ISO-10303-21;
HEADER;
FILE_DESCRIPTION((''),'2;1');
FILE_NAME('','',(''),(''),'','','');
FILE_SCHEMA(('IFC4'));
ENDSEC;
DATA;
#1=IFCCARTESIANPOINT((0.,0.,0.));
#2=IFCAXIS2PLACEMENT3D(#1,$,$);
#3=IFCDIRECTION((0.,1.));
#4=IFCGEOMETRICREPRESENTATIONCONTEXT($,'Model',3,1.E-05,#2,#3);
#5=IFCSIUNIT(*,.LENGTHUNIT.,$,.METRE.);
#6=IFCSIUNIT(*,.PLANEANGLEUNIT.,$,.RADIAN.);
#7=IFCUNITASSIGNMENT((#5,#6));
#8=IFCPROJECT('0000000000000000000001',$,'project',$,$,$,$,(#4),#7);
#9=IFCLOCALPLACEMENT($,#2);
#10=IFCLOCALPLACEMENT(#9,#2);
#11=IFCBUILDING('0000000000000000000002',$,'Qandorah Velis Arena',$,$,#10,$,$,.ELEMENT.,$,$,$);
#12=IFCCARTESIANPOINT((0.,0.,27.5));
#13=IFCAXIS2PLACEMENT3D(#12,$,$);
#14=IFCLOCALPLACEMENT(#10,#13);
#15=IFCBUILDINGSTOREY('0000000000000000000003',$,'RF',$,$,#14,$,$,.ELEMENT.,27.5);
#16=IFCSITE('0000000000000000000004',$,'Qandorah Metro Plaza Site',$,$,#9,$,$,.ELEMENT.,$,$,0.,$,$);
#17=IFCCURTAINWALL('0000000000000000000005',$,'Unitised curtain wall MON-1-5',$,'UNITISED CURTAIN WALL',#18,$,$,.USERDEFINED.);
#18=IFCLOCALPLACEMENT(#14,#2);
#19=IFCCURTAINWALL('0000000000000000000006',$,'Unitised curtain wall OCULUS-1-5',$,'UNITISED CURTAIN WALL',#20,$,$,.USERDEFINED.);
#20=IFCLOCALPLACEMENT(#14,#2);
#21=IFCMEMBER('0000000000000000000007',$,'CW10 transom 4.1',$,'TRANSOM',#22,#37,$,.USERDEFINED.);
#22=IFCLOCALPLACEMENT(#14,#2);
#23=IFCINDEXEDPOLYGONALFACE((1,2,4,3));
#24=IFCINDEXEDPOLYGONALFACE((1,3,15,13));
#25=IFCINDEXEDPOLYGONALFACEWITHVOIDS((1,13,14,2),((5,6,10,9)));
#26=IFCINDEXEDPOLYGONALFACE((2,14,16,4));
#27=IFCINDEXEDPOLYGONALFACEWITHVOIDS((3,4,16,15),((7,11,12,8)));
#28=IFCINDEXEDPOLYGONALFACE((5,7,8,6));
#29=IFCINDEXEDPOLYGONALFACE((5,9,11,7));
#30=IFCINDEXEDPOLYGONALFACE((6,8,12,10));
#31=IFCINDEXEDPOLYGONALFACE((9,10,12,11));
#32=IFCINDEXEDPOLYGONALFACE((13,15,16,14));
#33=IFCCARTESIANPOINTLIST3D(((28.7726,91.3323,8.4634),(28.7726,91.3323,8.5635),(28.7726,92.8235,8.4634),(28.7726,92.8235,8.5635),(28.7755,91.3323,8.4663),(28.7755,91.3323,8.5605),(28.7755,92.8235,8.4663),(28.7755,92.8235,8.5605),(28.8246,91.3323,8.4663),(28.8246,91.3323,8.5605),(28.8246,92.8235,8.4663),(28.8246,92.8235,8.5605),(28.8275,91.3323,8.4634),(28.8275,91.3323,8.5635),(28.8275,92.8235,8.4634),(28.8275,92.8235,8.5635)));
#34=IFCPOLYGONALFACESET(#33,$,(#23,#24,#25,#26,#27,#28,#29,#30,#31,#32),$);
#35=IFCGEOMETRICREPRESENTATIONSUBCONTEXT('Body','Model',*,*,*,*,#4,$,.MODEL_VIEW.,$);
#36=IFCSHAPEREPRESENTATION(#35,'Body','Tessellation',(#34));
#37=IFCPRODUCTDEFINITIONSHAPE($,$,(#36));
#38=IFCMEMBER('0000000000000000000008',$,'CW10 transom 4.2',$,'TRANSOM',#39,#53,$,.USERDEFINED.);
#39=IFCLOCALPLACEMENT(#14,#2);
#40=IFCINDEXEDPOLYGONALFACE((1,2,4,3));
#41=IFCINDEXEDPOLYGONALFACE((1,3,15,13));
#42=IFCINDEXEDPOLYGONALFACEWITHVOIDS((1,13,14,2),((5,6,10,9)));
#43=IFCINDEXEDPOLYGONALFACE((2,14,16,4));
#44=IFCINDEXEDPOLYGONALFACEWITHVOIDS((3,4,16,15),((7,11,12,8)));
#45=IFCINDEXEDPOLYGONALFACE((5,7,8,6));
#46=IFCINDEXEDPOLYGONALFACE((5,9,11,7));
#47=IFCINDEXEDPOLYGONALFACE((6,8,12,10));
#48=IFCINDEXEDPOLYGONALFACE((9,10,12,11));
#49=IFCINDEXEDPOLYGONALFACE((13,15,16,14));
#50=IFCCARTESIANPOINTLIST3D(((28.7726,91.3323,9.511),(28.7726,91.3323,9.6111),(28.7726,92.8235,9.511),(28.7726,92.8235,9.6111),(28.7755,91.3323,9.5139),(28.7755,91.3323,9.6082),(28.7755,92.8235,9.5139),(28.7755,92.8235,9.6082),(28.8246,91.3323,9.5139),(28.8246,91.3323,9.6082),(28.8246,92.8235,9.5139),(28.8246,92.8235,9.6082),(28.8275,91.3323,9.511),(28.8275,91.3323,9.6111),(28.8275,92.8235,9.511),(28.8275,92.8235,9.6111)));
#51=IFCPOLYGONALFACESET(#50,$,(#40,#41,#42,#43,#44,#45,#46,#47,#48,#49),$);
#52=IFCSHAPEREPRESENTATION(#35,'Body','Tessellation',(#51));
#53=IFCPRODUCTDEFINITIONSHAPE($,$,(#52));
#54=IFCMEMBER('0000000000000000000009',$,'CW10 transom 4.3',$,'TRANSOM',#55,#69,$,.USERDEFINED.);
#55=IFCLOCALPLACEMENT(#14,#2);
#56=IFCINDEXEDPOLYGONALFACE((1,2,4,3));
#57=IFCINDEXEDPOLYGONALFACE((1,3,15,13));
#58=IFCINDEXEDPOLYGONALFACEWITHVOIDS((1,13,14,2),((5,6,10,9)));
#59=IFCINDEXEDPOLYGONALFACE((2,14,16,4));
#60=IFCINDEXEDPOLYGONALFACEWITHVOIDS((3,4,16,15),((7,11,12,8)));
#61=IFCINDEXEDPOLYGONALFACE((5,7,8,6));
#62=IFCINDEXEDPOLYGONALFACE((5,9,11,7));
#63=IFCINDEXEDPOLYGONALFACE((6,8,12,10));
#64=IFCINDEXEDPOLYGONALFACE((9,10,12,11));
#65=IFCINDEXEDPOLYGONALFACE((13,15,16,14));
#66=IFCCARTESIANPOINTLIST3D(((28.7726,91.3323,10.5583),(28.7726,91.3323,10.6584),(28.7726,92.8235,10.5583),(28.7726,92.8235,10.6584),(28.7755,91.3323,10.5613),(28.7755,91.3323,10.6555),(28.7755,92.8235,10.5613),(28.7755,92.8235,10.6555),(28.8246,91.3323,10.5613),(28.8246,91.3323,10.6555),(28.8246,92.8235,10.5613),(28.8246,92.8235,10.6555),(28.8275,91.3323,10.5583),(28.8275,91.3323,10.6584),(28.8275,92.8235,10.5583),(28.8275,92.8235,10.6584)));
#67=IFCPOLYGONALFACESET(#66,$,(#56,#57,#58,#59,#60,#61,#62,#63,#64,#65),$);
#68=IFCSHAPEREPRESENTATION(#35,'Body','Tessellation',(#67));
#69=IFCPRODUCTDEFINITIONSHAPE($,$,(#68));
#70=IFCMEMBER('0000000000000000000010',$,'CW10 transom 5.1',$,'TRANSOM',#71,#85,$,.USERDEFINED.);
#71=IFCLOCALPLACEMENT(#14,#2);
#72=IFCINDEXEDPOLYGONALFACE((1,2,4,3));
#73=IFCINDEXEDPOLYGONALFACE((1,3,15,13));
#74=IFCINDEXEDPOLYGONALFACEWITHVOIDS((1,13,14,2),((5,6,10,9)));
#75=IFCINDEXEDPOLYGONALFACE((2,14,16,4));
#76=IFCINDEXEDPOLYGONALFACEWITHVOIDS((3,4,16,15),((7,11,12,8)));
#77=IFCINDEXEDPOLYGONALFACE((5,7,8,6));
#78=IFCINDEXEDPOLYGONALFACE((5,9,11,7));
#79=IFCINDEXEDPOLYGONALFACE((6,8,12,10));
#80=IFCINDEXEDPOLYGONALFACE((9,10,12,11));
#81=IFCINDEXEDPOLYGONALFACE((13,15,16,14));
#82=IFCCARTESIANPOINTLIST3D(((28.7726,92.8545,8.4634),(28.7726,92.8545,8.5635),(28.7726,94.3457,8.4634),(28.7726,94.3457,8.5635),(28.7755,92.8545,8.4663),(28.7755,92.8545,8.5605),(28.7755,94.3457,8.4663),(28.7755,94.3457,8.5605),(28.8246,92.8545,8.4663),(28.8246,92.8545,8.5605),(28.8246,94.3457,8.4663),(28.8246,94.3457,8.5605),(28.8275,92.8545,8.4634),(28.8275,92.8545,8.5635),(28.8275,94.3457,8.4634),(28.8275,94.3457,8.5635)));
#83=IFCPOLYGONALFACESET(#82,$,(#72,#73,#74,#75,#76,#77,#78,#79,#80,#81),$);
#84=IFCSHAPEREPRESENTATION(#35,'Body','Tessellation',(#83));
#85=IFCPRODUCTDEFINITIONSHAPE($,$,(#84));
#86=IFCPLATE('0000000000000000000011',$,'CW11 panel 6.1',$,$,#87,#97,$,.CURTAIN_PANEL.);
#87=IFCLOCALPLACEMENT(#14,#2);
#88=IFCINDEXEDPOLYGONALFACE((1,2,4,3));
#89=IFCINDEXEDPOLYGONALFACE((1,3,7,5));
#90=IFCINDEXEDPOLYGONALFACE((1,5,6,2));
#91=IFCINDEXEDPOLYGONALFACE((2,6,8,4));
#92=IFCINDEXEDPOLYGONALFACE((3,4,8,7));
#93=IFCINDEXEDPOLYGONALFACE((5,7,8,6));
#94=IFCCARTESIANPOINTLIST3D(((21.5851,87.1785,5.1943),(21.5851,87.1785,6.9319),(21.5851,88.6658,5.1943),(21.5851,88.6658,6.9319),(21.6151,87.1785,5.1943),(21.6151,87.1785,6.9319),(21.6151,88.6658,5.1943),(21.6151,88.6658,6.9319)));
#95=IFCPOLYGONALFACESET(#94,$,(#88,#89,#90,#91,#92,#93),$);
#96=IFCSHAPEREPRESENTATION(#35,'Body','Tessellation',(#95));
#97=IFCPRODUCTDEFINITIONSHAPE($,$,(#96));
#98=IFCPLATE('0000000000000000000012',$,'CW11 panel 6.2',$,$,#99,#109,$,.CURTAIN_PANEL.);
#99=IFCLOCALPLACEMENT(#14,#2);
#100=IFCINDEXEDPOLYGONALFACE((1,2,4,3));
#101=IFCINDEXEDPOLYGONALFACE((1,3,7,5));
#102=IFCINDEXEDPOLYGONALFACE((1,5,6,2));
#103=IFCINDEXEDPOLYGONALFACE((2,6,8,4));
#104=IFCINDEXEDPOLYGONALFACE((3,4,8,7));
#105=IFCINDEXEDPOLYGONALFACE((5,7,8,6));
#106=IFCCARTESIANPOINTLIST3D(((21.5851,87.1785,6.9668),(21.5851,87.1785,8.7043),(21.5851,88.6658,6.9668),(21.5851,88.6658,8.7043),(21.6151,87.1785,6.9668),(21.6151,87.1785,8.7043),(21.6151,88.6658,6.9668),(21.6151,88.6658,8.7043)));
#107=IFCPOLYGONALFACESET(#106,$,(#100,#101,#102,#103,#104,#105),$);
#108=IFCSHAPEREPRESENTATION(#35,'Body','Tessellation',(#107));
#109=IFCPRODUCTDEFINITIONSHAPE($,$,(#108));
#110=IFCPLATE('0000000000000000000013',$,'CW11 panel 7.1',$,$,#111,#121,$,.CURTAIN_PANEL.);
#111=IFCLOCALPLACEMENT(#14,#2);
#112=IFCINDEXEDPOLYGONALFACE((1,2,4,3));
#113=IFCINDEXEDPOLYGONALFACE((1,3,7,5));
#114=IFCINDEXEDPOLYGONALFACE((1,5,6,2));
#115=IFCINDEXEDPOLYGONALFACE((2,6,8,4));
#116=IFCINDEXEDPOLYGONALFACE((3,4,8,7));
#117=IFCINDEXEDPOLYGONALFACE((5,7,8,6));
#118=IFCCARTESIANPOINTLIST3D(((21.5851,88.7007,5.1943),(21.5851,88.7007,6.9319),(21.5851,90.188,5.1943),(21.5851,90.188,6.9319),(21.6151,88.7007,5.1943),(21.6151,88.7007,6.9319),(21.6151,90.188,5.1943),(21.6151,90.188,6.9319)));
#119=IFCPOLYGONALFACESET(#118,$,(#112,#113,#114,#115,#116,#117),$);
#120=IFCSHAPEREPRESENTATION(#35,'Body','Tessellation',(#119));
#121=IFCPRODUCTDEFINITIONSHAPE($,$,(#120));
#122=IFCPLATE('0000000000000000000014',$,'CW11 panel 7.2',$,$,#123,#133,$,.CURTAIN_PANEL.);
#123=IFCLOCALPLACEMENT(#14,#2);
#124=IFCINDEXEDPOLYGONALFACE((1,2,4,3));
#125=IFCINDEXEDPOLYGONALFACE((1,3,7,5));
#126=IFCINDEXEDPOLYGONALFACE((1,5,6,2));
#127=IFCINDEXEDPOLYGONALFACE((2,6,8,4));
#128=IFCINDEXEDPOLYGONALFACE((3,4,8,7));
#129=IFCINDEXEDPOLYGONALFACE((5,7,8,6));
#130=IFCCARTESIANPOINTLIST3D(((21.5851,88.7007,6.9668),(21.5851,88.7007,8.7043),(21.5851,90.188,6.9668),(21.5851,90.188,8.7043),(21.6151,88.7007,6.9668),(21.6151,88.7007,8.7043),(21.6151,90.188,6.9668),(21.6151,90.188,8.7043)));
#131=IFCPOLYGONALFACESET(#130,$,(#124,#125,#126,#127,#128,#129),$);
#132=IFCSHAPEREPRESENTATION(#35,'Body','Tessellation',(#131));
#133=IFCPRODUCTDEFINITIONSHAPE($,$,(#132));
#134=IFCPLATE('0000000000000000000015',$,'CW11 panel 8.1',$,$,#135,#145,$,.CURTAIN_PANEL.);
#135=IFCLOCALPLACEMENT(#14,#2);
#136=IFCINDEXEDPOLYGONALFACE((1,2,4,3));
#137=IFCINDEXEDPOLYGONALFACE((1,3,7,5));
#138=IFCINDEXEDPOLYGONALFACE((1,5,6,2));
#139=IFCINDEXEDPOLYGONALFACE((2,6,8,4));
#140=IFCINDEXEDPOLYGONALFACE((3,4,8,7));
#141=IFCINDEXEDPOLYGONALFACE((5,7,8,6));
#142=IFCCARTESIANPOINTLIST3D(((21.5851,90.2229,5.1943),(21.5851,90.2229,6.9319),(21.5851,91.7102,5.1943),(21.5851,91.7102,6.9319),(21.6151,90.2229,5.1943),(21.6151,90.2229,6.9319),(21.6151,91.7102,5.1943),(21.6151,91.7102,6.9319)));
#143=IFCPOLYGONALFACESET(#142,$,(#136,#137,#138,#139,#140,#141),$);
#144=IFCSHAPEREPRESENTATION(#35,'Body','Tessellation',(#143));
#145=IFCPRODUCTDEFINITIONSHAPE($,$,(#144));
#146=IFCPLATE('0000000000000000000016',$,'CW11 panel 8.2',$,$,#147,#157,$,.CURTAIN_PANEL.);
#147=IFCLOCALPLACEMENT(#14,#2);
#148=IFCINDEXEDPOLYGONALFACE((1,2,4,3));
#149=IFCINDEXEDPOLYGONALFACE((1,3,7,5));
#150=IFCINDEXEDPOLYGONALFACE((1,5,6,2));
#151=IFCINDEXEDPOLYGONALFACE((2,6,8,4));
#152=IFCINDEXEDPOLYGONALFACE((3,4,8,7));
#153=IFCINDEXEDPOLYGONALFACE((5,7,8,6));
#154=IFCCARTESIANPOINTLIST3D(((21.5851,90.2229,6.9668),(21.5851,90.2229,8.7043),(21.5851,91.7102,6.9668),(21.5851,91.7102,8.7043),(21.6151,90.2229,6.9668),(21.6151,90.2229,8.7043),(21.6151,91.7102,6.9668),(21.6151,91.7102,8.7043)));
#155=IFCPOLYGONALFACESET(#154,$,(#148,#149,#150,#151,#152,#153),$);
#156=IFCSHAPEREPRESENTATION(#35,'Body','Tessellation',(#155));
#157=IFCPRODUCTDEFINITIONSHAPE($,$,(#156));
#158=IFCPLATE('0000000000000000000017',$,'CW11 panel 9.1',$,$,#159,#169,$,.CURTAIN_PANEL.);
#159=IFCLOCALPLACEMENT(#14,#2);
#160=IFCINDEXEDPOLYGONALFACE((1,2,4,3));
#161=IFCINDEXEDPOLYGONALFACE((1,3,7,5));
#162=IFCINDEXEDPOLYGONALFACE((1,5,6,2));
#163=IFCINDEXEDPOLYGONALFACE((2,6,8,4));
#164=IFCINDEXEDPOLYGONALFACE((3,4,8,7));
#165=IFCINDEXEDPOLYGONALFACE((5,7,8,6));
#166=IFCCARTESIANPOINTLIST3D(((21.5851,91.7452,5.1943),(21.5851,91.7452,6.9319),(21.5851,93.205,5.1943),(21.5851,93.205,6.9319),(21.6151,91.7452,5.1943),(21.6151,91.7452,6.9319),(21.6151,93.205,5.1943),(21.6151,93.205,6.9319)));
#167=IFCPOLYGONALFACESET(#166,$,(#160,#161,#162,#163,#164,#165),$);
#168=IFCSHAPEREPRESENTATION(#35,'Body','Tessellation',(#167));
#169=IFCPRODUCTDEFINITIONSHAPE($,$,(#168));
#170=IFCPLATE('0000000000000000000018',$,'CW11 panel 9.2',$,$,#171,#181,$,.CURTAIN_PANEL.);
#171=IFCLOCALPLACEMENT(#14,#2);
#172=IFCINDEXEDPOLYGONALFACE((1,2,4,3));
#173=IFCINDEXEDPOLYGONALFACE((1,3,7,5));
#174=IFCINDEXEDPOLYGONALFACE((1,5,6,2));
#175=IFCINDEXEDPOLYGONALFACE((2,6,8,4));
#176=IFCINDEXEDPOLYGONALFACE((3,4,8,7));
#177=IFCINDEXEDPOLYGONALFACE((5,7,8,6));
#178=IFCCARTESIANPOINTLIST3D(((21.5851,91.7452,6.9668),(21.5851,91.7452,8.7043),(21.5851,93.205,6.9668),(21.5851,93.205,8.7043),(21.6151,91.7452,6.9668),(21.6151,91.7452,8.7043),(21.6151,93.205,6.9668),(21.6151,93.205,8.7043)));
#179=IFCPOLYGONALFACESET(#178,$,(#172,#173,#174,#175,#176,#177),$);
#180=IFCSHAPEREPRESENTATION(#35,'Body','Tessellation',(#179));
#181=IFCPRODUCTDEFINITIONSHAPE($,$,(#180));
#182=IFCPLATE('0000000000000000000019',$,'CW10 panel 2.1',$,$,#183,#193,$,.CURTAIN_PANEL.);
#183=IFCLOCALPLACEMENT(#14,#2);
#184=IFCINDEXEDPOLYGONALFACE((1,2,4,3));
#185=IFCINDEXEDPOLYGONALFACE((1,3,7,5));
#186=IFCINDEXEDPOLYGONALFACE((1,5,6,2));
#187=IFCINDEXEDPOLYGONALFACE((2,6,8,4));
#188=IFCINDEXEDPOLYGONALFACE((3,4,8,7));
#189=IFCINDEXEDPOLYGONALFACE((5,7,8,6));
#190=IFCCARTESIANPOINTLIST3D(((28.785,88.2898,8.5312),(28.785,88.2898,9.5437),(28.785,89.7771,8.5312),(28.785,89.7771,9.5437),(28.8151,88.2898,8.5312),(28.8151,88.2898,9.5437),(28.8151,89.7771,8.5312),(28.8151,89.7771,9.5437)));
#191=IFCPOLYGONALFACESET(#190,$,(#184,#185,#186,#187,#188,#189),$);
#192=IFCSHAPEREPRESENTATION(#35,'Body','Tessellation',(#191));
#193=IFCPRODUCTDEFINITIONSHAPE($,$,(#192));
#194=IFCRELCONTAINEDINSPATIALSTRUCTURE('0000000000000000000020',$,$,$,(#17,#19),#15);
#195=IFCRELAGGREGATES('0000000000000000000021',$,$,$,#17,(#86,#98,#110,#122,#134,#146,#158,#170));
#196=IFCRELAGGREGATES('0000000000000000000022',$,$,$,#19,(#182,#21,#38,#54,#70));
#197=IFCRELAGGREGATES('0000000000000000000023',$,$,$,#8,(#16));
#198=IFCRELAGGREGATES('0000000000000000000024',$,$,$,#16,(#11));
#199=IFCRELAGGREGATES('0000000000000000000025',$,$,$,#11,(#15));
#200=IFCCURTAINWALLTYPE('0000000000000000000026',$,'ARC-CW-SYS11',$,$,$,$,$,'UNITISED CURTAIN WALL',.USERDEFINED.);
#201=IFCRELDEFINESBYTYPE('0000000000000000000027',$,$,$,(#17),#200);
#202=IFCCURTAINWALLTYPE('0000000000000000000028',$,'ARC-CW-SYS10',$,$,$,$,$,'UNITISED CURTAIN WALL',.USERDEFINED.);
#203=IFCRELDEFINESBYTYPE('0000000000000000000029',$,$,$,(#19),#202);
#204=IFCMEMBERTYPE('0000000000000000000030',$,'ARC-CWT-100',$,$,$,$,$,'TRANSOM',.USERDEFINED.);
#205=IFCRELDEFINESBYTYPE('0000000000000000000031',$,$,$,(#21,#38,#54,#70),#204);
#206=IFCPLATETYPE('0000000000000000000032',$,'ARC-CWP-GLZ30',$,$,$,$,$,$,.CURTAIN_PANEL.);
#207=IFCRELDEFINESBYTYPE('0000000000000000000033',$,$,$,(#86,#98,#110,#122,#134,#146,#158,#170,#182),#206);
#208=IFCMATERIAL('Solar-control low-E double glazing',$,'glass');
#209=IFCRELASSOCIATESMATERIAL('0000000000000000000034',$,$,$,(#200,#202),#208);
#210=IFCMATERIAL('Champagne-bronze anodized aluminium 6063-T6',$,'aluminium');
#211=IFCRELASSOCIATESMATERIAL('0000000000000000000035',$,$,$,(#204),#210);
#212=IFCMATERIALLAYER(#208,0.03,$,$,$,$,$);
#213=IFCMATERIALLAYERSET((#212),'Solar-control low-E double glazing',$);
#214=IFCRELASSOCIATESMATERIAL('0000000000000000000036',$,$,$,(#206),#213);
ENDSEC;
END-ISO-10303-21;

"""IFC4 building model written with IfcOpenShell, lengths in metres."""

from ifc_helpers import new_model, si_unit, direction, frame, origin, origin_2d, place, context, subcontext, project, spatial, rectangle, hollow_rectangle, extrude, material, layer, layer_set, material_profile, profile_set, type_object, element, aggregate, save


model = new_model("IFC4")

# Units and contexts
model_context = context("Model", 3, precision=1e-05, world=origin(), true_north=direction((0.0, 1.0)))
body_context = subcontext(model_context, "Body", "Model", "MODEL_VIEW")
ifc_project = project(units=[si_unit("LENGTHUNIT", "METRE"), si_unit("PLANEANGLEUNIT", "RADIAN")], contexts=[model_context])

# Site, building, storey
site_placement = place(None, origin())
site = spatial("IfcSite", under=ifc_project, at=site_placement, Name="Qandorah Metro Plaza Site", CompositionType="ELEMENT", RefElevation=0.0)
building_placement = place(site_placement, origin())
building = spatial("IfcBuilding", under=site, at=building_placement, Name="Qandorah Velis Arena", CompositionType="ELEMENT")
storey_placement = place(building_placement, frame((0.0, 0.0, 27.5)))
storey = spatial("IfcBuildingStorey", under=building, at=storey_placement, Name="RF", CompositionType="ELEMENT", Elevation=27.5)

# Curtain walls
ifc_material_1 = material(Name="Solar-control low-E double glazing", Category="glass")
curtain_wall_type_1 = type_object("IfcCurtainWallType", Name="ARC-CW-SYS11", ElementType="UNITISED CURTAIN WALL", PredefinedType="USERDEFINED", material=ifc_material_1)
curtain_wall_1_placement = place(storey_placement, origin())
curtain_wall_1 = element("IfcCurtainWall", 1, at=curtain_wall_1_placement, inside=storey, type_object=curtain_wall_type_1, Name="Unitised curtain wall MON-1-5", ObjectType="UNITISED CURTAIN WALL", PredefinedType="USERDEFINED")
ifc_material_2 = material(Name="Champagne-bronze anodized aluminium 6063-T6", Category="aluminium")
curtain_wall_type_2 = type_object("IfcCurtainWallType", Name="ARC-CW-SYS10", ElementType="UNITISED CURTAIN WALL", PredefinedType="USERDEFINED", material=ifc_material_1)
curtain_wall_2_placement = place(storey_placement, origin())
curtain_wall_2 = element("IfcCurtainWall", 2, at=curtain_wall_2_placement, inside=storey, type_object=curtain_wall_type_2, Name="Unitised curtain wall OCULUS-1-5", ObjectType="UNITISED CURTAIN WALL", PredefinedType="USERDEFINED")

# Members
ifc_material_profile_1 = material_profile(ifc_material_2, hollow_rectangle(XDim=0.0549, YDim=0.1001, WallThickness=0.0029, at=origin_2d()), Name="ALU TRANSOM 55x100")
ifc_profile_set_1 = profile_set([ifc_material_profile_1], Name="Champagne-bronze anodized aluminium 6063-T6")
member_type_1 = type_object("IfcMemberType", Name="ARC-CWT-100", ElementType="TRANSOM", PredefinedType="USERDEFINED", material=ifc_profile_set_1)
member_1_placement = place(storey_placement, frame((28.8, 91.3323, 8.5134), z_axis=(0.0, 1.0, 0.0), x_axis=(-1.0, 0.0, 0.0)))
member_1 = element("IfcMember", 3, at=member_1_placement, type_object=member_type_1, Name="CW10 transom 4.1", ObjectType="TRANSOM", PredefinedType="USERDEFINED", context=body_context, shape_type="SweptSolid", body=[
    extrude(hollow_rectangle(XDim=0.0549, YDim=0.1001, WallThickness=0.0029, at=origin_2d()), origin(), (0.0, 0.0, 1.0), 1.4912),
])
member_2_placement = place(storey_placement, frame((28.8, 91.3323, 9.561), z_axis=(0.0, 1.0, 0.0), x_axis=(-1.0, 0.0, 0.0)))
member_2 = element("IfcMember", 4, at=member_2_placement, type_object=member_type_1, Name="CW10 transom 4.2", ObjectType="TRANSOM", PredefinedType="USERDEFINED", context=body_context, shape_type="SweptSolid", body=[
    extrude(hollow_rectangle(XDim=0.0549, YDim=0.1001, WallThickness=0.0029, at=origin_2d()), origin(), (0.0, 0.0, 1.0), 1.4912),
])
member_3_placement = place(storey_placement, frame((28.8, 91.3323, 10.6084), z_axis=(0.0, 1.0, 0.0), x_axis=(-1.0, 0.0, 0.0)))
member_3 = element("IfcMember", 5, at=member_3_placement, type_object=member_type_1, Name="CW10 transom 4.3", ObjectType="TRANSOM", PredefinedType="USERDEFINED", context=body_context, shape_type="SweptSolid", body=[
    extrude(hollow_rectangle(XDim=0.0549, YDim=0.1001, WallThickness=0.0029, at=origin_2d()), origin(), (0.0, 0.0, 1.0), 1.4912),
])
member_4_placement = place(storey_placement, frame((28.8, 92.8545, 8.5134), z_axis=(0.0, 1.0, 0.0), x_axis=(-1.0, 0.0, 0.0)))
member_4 = element("IfcMember", 6, at=member_4_placement, type_object=member_type_1, Name="CW10 transom 5.1", ObjectType="TRANSOM", PredefinedType="USERDEFINED", context=body_context, shape_type="SweptSolid", body=[
    extrude(hollow_rectangle(XDim=0.0549, YDim=0.1001, WallThickness=0.0029, at=origin_2d()), origin(), (0.0, 0.0, 1.0), 1.4912),
])

# Plates
ifc_layer = layer(ifc_material_1, 0.03)
ifc_layer_set = layer_set([ifc_layer], Name="Solar-control low-E double glazing")
plate_type = type_object("IfcPlateType", Name="ARC-CWP-GLZ30", PredefinedType="CURTAIN_PANEL", material=ifc_layer_set)
plate_1_placement = place(storey_placement, frame((21.6001, 87.9221, 5.1943), z_axis=(0.0, 0.0, 1.0), x_axis=(0.0, 1.0, 0.0)))
plate_1 = element("IfcPlate", 7, at=plate_1_placement, type_object=plate_type, Name="CW11 panel 6.1", PredefinedType="CURTAIN_PANEL", context=body_context, shape_type="SweptSolid", body=[
    extrude(rectangle(XDim=1.4873, YDim=0.03, at=origin_2d()), origin(), (0.0, 0.0, 1.0), 1.7375),
])
plate_2_placement = place(storey_placement, frame((21.6001, 87.9221, 6.9668), z_axis=(0.0, 0.0, 1.0), x_axis=(0.0, 1.0, 0.0)))
plate_2 = element("IfcPlate", 8, at=plate_2_placement, type_object=plate_type, Name="CW11 panel 6.2", PredefinedType="CURTAIN_PANEL", context=body_context, shape_type="SweptSolid", body=[
    extrude(rectangle(XDim=1.4873, YDim=0.03, at=origin_2d()), origin(), (0.0, 0.0, 1.0), 1.7375),
])
plate_3_placement = place(storey_placement, frame((21.6001, 89.4443, 5.1943), z_axis=(0.0, 0.0, 1.0), x_axis=(0.0, 1.0, 0.0)))
plate_3 = element("IfcPlate", 9, at=plate_3_placement, type_object=plate_type, Name="CW11 panel 7.1", PredefinedType="CURTAIN_PANEL", context=body_context, shape_type="SweptSolid", body=[
    extrude(rectangle(XDim=1.4873, YDim=0.03, at=origin_2d()), origin(), (0.0, 0.0, 1.0), 1.7375),
])
plate_4_placement = place(storey_placement, frame((21.6001, 89.4443, 6.9668), z_axis=(0.0, 0.0, 1.0), x_axis=(0.0, 1.0, 0.0)))
plate_4 = element("IfcPlate", 10, at=plate_4_placement, type_object=plate_type, Name="CW11 panel 7.2", PredefinedType="CURTAIN_PANEL", context=body_context, shape_type="SweptSolid", body=[
    extrude(rectangle(XDim=1.4873, YDim=0.03, at=origin_2d()), origin(), (0.0, 0.0, 1.0), 1.7375),
])
plate_5_placement = place(storey_placement, frame((21.6001, 90.9666, 5.1943), z_axis=(0.0, 0.0, 1.0), x_axis=(0.0, 1.0, 0.0)))
plate_5 = element("IfcPlate", 11, at=plate_5_placement, type_object=plate_type, Name="CW11 panel 8.1", PredefinedType="CURTAIN_PANEL", context=body_context, shape_type="SweptSolid", body=[
    extrude(rectangle(XDim=1.4873, YDim=0.03, at=origin_2d()), origin(), (0.0, 0.0, 1.0), 1.7375),
])
plate_6_placement = place(storey_placement, frame((21.6001, 90.9666, 6.9668), z_axis=(0.0, 0.0, 1.0), x_axis=(0.0, 1.0, 0.0)))
plate_6 = element("IfcPlate", 12, at=plate_6_placement, type_object=plate_type, Name="CW11 panel 8.2", PredefinedType="CURTAIN_PANEL", context=body_context, shape_type="SweptSolid", body=[
    extrude(rectangle(XDim=1.4873, YDim=0.03, at=origin_2d()), origin(), (0.0, 0.0, 1.0), 1.7375),
])
plate_7_placement = place(storey_placement, frame((21.6001, 92.4751, 5.1943), z_axis=(0.0, 0.0, 1.0), x_axis=(0.0, 1.0, 0.0)))
plate_7 = element("IfcPlate", 13, at=plate_7_placement, type_object=plate_type, Name="CW11 panel 9.1", PredefinedType="CURTAIN_PANEL", context=body_context, shape_type="SweptSolid", body=[
    extrude(rectangle(XDim=1.4597, YDim=0.03, at=origin_2d()), origin(), (0.0, 0.0, 1.0), 1.7375),
])
plate_8_placement = place(storey_placement, frame((21.6001, 92.4751, 6.9668), z_axis=(0.0, 0.0, 1.0), x_axis=(0.0, 1.0, 0.0)))
plate_8 = element("IfcPlate", 14, at=plate_8_placement, type_object=plate_type, Name="CW11 panel 9.2", PredefinedType="CURTAIN_PANEL", context=body_context, shape_type="SweptSolid", body=[
    extrude(rectangle(XDim=1.4597, YDim=0.03, at=origin_2d()), origin(), (0.0, 0.0, 1.0), 1.7375),
])
aggregate(curtain_wall_1, [plate_1, plate_2, plate_3, plate_4, plate_5, plate_6, plate_7, plate_8])
plate_9_placement = place(storey_placement, frame((28.8, 89.0334, 8.5312), z_axis=(0.0, 0.0, 1.0), x_axis=(0.0, 1.0, 0.0)))
plate_9 = element("IfcPlate", 15, at=plate_9_placement, type_object=plate_type, Name="CW10 panel 2.1", PredefinedType="CURTAIN_PANEL", context=body_context, shape_type="SweptSolid", body=[
    extrude(rectangle(XDim=1.4873, YDim=0.03, at=origin_2d()), origin(), (0.0, 0.0, 1.0), 1.0125),
])
aggregate(curtain_wall_2, [plate_9, member_1, member_2, member_3, member_4])

save(model, "model.ifc")
